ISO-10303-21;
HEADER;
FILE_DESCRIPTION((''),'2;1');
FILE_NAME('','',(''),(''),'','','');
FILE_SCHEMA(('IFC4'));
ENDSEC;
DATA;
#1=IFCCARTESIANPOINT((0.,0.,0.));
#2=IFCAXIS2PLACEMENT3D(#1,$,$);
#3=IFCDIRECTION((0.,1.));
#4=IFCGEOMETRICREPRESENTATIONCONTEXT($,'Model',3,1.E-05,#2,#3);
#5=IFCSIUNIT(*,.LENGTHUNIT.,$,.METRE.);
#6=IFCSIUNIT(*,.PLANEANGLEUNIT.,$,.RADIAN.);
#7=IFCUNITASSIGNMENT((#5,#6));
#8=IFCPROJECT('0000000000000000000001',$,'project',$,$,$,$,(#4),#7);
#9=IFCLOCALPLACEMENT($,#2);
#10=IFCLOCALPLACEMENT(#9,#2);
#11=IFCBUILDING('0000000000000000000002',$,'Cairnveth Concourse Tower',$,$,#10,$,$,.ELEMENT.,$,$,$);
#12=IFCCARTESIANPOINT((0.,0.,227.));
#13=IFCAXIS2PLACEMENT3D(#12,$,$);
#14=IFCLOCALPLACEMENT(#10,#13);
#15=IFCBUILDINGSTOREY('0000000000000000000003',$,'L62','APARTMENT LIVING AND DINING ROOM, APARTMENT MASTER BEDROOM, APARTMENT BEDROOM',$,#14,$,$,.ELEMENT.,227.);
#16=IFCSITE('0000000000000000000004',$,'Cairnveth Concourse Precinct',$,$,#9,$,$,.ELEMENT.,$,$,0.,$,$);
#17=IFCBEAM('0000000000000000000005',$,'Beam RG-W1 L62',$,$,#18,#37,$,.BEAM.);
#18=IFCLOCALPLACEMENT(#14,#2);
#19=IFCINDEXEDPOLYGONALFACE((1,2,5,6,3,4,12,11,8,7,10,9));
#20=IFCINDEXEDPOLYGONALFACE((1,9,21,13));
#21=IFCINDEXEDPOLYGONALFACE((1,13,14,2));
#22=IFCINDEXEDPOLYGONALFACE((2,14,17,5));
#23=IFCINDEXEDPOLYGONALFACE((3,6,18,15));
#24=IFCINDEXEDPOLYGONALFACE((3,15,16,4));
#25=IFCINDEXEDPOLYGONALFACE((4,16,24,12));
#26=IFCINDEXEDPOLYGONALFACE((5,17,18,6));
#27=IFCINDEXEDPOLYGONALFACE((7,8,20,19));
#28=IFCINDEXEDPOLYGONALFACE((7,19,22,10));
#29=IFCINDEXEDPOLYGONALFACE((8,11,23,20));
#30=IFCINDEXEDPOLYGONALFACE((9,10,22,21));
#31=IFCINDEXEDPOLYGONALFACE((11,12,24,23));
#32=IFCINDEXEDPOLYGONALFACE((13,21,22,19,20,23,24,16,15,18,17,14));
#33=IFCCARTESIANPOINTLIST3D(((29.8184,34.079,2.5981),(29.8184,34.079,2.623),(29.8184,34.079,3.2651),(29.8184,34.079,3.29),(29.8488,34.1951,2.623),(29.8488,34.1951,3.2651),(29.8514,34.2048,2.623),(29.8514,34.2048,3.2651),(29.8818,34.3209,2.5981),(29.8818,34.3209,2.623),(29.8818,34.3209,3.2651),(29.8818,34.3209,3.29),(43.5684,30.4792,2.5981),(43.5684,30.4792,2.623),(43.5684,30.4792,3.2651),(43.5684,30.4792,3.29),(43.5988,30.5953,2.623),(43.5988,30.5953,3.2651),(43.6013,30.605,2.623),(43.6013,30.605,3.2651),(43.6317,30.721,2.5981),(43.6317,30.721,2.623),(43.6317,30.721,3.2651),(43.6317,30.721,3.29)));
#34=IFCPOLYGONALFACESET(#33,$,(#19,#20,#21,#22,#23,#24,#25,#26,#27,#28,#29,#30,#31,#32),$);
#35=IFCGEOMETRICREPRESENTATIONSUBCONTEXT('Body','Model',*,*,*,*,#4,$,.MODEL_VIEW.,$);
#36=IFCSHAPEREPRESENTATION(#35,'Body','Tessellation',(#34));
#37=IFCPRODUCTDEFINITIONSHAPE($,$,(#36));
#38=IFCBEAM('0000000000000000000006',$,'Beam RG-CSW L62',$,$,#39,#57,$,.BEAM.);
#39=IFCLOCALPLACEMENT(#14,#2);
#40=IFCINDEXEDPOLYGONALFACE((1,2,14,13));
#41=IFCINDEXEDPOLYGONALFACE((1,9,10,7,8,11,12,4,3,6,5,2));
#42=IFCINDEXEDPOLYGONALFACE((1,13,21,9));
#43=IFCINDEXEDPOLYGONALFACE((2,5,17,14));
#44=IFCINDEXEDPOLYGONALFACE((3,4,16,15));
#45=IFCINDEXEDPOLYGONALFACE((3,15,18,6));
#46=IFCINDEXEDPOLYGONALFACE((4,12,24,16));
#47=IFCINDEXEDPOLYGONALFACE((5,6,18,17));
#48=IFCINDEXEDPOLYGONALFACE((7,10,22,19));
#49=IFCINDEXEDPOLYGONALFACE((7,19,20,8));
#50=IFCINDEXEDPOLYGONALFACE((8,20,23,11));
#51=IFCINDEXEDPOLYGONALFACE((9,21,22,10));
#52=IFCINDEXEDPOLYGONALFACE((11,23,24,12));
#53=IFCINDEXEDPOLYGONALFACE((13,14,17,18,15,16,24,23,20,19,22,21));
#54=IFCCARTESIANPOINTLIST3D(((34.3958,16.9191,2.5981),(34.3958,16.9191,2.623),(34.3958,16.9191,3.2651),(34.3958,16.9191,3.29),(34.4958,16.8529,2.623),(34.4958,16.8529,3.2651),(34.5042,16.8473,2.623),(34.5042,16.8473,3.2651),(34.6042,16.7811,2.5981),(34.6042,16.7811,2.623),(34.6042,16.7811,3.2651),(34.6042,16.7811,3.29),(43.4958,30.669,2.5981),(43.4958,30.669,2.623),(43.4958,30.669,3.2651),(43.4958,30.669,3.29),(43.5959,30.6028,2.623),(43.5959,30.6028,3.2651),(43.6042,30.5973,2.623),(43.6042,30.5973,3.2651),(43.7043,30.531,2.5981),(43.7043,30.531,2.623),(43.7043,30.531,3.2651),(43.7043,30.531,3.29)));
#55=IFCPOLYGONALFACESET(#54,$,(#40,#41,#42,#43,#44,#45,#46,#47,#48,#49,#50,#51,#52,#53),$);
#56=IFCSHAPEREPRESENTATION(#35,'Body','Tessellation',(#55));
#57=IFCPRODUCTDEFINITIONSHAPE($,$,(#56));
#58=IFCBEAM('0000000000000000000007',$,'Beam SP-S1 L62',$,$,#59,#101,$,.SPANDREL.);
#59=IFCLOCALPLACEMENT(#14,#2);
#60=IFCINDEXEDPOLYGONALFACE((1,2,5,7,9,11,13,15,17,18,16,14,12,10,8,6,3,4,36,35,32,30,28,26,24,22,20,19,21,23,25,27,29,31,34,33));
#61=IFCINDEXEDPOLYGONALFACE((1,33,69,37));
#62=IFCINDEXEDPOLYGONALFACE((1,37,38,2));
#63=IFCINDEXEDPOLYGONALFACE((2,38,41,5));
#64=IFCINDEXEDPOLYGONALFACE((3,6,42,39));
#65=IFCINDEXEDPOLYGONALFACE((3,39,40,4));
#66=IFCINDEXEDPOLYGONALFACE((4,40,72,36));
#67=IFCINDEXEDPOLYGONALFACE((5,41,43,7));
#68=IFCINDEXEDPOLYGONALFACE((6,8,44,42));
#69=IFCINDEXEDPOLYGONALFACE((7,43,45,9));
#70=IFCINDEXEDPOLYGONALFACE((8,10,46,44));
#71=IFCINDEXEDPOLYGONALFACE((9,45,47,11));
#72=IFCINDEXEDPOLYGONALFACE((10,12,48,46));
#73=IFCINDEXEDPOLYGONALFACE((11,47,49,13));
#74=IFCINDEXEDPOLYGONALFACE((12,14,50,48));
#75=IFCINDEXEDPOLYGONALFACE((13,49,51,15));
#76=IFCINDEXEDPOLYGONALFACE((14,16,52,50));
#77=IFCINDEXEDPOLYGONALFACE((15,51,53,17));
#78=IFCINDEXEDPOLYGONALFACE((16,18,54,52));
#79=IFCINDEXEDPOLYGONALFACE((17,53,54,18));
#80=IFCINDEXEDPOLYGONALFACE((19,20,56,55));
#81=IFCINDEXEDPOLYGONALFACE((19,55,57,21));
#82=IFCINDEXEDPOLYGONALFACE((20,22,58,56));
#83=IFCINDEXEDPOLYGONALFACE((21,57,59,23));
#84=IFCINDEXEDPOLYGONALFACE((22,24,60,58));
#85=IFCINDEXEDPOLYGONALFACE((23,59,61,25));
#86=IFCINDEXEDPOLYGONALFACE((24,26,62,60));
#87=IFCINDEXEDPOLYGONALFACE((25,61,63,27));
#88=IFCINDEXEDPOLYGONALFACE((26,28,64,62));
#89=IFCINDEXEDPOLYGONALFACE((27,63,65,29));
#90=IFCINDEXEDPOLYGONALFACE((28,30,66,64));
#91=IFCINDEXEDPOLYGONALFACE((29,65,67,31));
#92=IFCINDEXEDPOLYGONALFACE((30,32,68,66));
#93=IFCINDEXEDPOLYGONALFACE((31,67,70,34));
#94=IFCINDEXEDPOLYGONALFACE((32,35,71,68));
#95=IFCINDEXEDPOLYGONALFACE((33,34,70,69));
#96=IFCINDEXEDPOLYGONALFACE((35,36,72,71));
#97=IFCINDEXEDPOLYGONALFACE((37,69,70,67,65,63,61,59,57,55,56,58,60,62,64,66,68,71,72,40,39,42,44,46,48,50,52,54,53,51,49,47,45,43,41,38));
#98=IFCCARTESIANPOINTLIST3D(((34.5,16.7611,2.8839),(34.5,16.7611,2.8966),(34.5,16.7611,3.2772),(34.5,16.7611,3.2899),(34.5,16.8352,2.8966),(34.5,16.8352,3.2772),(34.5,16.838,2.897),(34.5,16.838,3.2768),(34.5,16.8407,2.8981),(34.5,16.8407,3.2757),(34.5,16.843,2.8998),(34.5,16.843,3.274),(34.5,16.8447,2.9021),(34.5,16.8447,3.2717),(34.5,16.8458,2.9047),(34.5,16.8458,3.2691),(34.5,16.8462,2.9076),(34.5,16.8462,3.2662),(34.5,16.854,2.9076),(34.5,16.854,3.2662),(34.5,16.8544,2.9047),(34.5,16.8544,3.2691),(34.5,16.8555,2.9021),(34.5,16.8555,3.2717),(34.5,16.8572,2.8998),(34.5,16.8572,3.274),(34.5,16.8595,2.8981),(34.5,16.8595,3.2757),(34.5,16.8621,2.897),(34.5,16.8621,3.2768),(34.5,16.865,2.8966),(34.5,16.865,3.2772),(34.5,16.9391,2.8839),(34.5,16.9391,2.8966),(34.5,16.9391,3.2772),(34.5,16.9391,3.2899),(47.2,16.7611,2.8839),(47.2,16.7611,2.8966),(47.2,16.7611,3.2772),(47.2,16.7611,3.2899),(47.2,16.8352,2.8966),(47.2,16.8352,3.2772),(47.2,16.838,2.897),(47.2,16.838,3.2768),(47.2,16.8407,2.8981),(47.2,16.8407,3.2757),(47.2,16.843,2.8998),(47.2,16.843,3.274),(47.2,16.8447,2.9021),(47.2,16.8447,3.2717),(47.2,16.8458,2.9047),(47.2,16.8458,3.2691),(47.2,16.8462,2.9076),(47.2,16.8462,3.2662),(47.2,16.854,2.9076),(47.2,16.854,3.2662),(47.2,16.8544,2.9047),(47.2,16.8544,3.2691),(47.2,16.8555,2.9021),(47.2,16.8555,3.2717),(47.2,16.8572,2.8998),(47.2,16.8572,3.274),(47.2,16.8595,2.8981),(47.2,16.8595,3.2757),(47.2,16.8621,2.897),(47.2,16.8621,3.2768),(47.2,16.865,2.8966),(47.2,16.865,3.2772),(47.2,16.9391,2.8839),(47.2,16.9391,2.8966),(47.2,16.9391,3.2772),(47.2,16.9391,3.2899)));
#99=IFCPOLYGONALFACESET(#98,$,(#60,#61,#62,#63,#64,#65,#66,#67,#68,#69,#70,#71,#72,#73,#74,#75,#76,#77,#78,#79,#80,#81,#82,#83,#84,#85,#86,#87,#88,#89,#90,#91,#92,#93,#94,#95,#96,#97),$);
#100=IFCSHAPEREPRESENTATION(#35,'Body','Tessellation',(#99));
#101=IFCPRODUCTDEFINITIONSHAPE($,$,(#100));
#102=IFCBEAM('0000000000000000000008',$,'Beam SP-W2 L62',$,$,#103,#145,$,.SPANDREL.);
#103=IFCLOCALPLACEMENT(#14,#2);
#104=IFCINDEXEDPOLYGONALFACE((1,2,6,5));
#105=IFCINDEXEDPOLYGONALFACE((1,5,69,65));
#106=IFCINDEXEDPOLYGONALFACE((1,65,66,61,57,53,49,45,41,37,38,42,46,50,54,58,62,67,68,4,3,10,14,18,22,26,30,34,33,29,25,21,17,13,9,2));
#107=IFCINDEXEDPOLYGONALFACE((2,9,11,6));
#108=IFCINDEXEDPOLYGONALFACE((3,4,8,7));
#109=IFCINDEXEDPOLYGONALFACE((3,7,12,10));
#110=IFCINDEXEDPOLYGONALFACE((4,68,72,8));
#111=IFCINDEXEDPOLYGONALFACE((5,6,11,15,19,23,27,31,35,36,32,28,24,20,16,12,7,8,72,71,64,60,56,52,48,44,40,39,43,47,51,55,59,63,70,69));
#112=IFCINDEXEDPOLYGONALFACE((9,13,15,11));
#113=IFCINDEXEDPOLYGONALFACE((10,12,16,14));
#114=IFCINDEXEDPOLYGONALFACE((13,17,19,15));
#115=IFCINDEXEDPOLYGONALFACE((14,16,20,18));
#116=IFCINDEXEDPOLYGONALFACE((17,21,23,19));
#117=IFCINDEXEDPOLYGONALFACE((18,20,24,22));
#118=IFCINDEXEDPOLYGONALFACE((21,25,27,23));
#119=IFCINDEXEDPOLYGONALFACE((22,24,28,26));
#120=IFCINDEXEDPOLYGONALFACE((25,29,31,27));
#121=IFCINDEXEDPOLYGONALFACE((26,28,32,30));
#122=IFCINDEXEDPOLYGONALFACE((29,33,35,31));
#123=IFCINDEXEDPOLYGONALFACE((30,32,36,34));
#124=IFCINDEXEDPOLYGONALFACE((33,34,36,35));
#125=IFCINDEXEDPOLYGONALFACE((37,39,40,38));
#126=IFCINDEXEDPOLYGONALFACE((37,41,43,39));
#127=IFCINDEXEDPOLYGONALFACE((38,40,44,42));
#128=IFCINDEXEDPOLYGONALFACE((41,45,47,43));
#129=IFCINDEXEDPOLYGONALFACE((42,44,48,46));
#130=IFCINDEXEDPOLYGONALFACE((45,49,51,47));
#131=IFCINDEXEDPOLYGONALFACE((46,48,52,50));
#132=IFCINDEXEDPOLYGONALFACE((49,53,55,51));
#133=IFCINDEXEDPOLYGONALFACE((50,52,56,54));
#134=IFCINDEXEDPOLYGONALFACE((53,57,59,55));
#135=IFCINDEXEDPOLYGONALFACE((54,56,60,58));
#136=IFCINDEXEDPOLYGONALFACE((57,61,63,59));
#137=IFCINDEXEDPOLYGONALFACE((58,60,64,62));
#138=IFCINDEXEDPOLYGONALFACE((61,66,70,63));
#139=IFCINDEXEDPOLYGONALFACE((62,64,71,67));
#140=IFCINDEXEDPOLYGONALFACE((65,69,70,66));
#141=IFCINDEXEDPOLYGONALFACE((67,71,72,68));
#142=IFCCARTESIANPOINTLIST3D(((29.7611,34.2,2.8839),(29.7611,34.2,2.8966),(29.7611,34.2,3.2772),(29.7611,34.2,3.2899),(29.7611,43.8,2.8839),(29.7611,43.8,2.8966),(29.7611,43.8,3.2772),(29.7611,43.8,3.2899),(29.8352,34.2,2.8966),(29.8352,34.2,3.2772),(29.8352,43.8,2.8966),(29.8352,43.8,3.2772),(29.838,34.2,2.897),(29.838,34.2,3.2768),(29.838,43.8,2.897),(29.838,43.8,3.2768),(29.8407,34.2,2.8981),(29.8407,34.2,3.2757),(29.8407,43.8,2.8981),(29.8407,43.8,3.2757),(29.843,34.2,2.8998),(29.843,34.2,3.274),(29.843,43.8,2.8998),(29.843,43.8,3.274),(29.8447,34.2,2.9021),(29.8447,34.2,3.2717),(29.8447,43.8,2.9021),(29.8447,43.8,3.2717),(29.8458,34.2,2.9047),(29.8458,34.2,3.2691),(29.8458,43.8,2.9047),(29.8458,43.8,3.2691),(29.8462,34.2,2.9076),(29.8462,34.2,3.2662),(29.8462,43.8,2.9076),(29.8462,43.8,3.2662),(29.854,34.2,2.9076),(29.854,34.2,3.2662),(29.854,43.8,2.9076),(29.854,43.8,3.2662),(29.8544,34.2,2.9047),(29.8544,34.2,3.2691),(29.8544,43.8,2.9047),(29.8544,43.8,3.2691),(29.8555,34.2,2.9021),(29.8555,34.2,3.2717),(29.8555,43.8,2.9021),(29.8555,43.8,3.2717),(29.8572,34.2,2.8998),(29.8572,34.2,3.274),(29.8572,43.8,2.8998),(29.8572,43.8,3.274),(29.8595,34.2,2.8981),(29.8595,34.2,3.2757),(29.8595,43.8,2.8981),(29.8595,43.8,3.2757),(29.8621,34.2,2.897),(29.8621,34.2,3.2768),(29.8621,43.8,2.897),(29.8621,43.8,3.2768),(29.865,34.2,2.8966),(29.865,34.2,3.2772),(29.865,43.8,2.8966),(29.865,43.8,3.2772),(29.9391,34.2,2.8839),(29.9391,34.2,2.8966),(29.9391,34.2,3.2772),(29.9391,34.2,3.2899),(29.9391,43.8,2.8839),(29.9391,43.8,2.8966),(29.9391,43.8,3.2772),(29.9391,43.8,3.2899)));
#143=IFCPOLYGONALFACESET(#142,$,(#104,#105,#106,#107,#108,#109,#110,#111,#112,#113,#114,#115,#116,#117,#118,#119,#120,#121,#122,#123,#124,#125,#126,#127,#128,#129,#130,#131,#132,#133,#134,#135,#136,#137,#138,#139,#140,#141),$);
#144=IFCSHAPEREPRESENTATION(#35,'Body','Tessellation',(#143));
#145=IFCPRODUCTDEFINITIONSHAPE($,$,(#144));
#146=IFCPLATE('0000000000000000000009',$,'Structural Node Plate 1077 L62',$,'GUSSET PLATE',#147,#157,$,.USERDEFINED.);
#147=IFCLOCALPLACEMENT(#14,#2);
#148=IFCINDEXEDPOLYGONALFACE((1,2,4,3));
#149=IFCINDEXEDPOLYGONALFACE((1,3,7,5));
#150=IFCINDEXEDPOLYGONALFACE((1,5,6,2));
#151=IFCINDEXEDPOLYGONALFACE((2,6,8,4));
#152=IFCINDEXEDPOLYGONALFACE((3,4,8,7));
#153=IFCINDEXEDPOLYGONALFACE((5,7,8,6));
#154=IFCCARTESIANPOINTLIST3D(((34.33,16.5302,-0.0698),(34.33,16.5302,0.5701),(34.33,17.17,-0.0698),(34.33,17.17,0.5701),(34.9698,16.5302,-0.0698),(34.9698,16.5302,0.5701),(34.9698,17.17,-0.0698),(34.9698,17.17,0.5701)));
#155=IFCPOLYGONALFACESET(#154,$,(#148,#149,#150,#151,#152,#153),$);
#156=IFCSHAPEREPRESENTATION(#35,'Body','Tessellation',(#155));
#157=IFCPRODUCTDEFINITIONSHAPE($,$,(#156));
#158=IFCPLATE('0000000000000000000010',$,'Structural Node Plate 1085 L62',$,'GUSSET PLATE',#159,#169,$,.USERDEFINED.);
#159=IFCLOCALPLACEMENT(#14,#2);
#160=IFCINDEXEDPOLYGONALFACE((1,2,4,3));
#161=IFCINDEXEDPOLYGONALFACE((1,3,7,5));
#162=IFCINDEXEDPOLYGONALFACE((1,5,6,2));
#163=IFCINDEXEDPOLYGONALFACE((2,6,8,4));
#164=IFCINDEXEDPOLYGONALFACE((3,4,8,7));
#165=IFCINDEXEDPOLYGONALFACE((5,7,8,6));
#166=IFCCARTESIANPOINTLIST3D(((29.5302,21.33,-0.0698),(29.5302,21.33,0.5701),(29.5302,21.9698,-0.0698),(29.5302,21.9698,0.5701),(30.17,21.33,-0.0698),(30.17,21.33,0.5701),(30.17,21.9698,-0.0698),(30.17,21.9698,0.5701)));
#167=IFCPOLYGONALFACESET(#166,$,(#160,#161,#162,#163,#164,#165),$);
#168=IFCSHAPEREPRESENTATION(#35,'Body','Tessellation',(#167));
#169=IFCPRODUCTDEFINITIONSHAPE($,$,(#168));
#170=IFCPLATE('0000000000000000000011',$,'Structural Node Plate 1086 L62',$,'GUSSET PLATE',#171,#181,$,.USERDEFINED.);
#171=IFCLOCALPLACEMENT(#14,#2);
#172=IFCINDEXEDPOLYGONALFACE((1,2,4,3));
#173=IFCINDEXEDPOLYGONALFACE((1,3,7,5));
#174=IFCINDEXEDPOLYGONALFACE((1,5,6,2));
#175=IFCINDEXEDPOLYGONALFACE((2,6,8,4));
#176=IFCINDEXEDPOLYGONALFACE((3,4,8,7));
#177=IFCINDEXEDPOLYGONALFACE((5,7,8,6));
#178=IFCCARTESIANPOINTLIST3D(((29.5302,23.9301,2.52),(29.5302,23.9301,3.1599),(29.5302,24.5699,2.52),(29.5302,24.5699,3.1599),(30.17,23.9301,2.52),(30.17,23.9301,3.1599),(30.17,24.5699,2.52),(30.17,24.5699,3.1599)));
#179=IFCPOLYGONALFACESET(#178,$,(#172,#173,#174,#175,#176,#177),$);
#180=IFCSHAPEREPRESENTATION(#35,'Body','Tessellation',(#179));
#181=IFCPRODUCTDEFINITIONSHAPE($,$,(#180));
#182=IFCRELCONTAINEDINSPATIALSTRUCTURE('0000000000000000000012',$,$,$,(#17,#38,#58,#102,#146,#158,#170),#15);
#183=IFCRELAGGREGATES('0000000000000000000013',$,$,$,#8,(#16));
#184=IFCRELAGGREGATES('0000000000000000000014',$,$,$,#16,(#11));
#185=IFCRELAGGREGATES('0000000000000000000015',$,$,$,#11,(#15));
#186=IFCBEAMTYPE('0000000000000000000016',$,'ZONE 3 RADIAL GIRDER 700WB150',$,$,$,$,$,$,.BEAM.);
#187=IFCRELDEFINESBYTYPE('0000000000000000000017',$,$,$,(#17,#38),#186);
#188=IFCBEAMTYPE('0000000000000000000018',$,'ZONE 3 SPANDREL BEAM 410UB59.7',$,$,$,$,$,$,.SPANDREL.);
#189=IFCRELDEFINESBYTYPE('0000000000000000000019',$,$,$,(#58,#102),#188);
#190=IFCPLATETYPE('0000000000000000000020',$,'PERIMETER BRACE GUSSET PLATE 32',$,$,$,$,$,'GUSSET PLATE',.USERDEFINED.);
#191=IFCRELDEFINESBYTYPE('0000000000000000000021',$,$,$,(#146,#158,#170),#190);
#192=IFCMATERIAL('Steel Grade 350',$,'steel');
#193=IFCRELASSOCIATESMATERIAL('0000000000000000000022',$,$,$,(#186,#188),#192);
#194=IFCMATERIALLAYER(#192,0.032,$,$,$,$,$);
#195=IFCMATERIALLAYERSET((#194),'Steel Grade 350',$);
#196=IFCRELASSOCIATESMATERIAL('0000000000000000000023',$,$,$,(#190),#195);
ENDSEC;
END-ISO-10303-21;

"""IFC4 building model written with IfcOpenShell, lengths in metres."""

from ifc_helpers import new_model, si_unit, direction, frame, origin, origin_2d, place, context, subcontext, project, spatial, rectangle, i_section, extrude, material, layer, layer_set, material_profile, profile_set, type_object, element, save


model = new_model("IFC4")

# Units and contexts
model_context = context("Model", 3, precision=1e-05, world=origin(), true_north=direction((0.0, 1.0)))
body_context = subcontext(model_context, "Body", "Model", "MODEL_VIEW")
ifc_project = project(units=[si_unit("LENGTHUNIT", "METRE"), si_unit("PLANEANGLEUNIT", "RADIAN")], contexts=[model_context])

# Site, building, storey
site_placement = place(None, origin())
site = spatial("IfcSite", under=ifc_project, at=site_placement, Name="Cairnveth Concourse Precinct", CompositionType="ELEMENT", RefElevation=0.0)
building_placement = place(site_placement, origin())
building = spatial("IfcBuilding", under=site, at=building_placement, Name="Cairnveth Concourse Tower", CompositionType="ELEMENT")
storey_placement = place(building_placement, frame((0.0, 0.0, 227.0)))
storey = spatial("IfcBuildingStorey", under=building, at=storey_placement, Name="L62", Description="APARTMENT LIVING AND DINING ROOM, APARTMENT MASTER BEDROOM, APARTMENT BEDROOM", CompositionType="ELEMENT", Elevation=227.0)

# Shared definitions
ifc_material_1 = material(Name="Steel Grade 350", Category="steel")

# Beams
ifc_material_profile_1 = material_profile(ifc_material_1, i_section(OverallWidth=0.25, OverallDepth=0.6919, WebThickness=0.01, FlangeThickness=0.0249, at=origin_2d()), Name="700WB150")
ifc_profile_set_1 = profile_set([ifc_material_profile_1], Name="Steel Grade 350")
beam_type_1 = type_object("IfcBeamType", Name="ZONE 3 RADIAL GIRDER 700WB150", PredefinedType="BEAM", material=ifc_profile_set_1)
beam_1_placement = place(storey_placement, frame((29.8501, 34.2, 2.9441), z_axis=(0.967395, -0.253271, 0.0), x_axis=(0.253271, 0.967395, 0.0)))
element("IfcBeam", 1, at=beam_1_placement, inside=storey, type_object=beam_type_1, Name="Beam RG-W1 L62", PredefinedType="BEAM", context=body_context, shape_type="SweptSolid", body=[
    extrude(i_section(OverallWidth=0.25, OverallDepth=0.6919, WebThickness=0.01, FlangeThickness=0.0249, at=origin_2d()), origin(), (0.0, 0.0, 1.0), 14.2134),
])
beam_2_placement = place(storey_placement, frame((34.5, 16.8501, 2.9441), z_axis=(0.551902, 0.833909, 0.0), x_axis=(-0.833909, 0.551902, 0.0)))
element("IfcBeam", 2, at=beam_2_placement, inside=storey, type_object=beam_type_1, Name="Beam RG-CSW L62", PredefinedType="BEAM", context=body_context, shape_type="SweptSolid", body=[
    extrude(i_section(OverallWidth=0.25, OverallDepth=0.6919, WebThickness=0.01, FlangeThickness=0.0249, at=origin_2d()), origin(), (0.0, 0.0, 1.0), 16.4885),
])
ifc_material_profile_2 = material_profile(ifc_material_1, i_section(OverallWidth=0.178, OverallDepth=0.406, WebThickness=0.0078, FlangeThickness=0.0127, FilletRadius=0.011, at=origin_2d()), Name="410UB59.7")
ifc_profile_set_2 = profile_set([ifc_material_profile_2], Name="Steel Grade 350")
beam_type_2 = type_object("IfcBeamType", Name="ZONE 3 SPANDREL BEAM 410UB59.7", PredefinedType="SPANDREL", material=ifc_profile_set_2)
beam_3_placement = place(storey_placement, frame((34.5, 16.8501, 3.0869), z_axis=(1.0, 0.0, 0.0), x_axis=(0.0, 1.0, 0.0)))
element("IfcBeam", 3, at=beam_3_placement, inside=storey, type_object=beam_type_2, Name="Beam SP-S1 L62", PredefinedType="SPANDREL", context=body_context, shape_type="SweptSolid", body=[
    extrude(i_section(OverallWidth=0.178, OverallDepth=0.406, WebThickness=0.0078, FlangeThickness=0.0127, FilletRadius=0.011, at=origin_2d()), origin(), (0.0, 0.0, 1.0), 12.7),
])
beam_4_placement = place(storey_placement, frame((29.8501, 34.2, 3.0869), z_axis=(0.0, 1.0, 0.0), x_axis=(-1.0, 0.0, 0.0)))
element("IfcBeam", 4, at=beam_4_placement, inside=storey, type_object=beam_type_2, Name="Beam SP-W2 L62", PredefinedType="SPANDREL", context=body_context, shape_type="SweptSolid", body=[
    extrude(i_section(OverallWidth=0.178, OverallDepth=0.406, WebThickness=0.0078, FlangeThickness=0.0127, FilletRadius=0.011, at=origin_2d()), origin(), (0.0, 0.0, 1.0), 9.6001),
])

# Plates
ifc_layer_1 = layer(ifc_material_1, 0.032)
ifc_layer_set_1 = layer_set([ifc_layer_1], Name="Steel Grade 350")
plate_type = type_object("IfcPlateType", Name="PERIMETER BRACE GUSSET PLATE 32", ElementType="GUSSET PLATE", PredefinedType="USERDEFINED", material=ifc_layer_set_1)
for number, where, z_axis, x_axis, name in (
    (5, (34.6499, 16.8501, -0.0698), (0.0, 0.0, 1.0), (1.0, 0.0, 0.0), "Structural Node Plate 1077 L62"),
    (6, (29.8501, 21.6499, -0.0698), (0.0, 0.0, 1.0), (1.0, 0.0, 0.0), "Structural Node Plate 1085 L62"),
    (7, (29.8501, 24.25, 2.52), (0.0, 0.0, 1.0), (1.0, 0.0, 0.0), "Structural Node Plate 1086 L62"),
):
    element("IfcPlate", number, at=place(storey_placement, frame(where, z_axis=z_axis, x_axis=x_axis)), inside=storey, type_object=plate_type, Name=name, ObjectType="GUSSET PLATE", PredefinedType="USERDEFINED", context=body_context, shape_type="SweptSolid", body=[
        extrude(rectangle(XDim=0.6399, YDim=0.6399, at=origin_2d()), origin(), (0.0, 0.0, 1.0), 0.6399),
    ])

save(model, "model.ifc")
